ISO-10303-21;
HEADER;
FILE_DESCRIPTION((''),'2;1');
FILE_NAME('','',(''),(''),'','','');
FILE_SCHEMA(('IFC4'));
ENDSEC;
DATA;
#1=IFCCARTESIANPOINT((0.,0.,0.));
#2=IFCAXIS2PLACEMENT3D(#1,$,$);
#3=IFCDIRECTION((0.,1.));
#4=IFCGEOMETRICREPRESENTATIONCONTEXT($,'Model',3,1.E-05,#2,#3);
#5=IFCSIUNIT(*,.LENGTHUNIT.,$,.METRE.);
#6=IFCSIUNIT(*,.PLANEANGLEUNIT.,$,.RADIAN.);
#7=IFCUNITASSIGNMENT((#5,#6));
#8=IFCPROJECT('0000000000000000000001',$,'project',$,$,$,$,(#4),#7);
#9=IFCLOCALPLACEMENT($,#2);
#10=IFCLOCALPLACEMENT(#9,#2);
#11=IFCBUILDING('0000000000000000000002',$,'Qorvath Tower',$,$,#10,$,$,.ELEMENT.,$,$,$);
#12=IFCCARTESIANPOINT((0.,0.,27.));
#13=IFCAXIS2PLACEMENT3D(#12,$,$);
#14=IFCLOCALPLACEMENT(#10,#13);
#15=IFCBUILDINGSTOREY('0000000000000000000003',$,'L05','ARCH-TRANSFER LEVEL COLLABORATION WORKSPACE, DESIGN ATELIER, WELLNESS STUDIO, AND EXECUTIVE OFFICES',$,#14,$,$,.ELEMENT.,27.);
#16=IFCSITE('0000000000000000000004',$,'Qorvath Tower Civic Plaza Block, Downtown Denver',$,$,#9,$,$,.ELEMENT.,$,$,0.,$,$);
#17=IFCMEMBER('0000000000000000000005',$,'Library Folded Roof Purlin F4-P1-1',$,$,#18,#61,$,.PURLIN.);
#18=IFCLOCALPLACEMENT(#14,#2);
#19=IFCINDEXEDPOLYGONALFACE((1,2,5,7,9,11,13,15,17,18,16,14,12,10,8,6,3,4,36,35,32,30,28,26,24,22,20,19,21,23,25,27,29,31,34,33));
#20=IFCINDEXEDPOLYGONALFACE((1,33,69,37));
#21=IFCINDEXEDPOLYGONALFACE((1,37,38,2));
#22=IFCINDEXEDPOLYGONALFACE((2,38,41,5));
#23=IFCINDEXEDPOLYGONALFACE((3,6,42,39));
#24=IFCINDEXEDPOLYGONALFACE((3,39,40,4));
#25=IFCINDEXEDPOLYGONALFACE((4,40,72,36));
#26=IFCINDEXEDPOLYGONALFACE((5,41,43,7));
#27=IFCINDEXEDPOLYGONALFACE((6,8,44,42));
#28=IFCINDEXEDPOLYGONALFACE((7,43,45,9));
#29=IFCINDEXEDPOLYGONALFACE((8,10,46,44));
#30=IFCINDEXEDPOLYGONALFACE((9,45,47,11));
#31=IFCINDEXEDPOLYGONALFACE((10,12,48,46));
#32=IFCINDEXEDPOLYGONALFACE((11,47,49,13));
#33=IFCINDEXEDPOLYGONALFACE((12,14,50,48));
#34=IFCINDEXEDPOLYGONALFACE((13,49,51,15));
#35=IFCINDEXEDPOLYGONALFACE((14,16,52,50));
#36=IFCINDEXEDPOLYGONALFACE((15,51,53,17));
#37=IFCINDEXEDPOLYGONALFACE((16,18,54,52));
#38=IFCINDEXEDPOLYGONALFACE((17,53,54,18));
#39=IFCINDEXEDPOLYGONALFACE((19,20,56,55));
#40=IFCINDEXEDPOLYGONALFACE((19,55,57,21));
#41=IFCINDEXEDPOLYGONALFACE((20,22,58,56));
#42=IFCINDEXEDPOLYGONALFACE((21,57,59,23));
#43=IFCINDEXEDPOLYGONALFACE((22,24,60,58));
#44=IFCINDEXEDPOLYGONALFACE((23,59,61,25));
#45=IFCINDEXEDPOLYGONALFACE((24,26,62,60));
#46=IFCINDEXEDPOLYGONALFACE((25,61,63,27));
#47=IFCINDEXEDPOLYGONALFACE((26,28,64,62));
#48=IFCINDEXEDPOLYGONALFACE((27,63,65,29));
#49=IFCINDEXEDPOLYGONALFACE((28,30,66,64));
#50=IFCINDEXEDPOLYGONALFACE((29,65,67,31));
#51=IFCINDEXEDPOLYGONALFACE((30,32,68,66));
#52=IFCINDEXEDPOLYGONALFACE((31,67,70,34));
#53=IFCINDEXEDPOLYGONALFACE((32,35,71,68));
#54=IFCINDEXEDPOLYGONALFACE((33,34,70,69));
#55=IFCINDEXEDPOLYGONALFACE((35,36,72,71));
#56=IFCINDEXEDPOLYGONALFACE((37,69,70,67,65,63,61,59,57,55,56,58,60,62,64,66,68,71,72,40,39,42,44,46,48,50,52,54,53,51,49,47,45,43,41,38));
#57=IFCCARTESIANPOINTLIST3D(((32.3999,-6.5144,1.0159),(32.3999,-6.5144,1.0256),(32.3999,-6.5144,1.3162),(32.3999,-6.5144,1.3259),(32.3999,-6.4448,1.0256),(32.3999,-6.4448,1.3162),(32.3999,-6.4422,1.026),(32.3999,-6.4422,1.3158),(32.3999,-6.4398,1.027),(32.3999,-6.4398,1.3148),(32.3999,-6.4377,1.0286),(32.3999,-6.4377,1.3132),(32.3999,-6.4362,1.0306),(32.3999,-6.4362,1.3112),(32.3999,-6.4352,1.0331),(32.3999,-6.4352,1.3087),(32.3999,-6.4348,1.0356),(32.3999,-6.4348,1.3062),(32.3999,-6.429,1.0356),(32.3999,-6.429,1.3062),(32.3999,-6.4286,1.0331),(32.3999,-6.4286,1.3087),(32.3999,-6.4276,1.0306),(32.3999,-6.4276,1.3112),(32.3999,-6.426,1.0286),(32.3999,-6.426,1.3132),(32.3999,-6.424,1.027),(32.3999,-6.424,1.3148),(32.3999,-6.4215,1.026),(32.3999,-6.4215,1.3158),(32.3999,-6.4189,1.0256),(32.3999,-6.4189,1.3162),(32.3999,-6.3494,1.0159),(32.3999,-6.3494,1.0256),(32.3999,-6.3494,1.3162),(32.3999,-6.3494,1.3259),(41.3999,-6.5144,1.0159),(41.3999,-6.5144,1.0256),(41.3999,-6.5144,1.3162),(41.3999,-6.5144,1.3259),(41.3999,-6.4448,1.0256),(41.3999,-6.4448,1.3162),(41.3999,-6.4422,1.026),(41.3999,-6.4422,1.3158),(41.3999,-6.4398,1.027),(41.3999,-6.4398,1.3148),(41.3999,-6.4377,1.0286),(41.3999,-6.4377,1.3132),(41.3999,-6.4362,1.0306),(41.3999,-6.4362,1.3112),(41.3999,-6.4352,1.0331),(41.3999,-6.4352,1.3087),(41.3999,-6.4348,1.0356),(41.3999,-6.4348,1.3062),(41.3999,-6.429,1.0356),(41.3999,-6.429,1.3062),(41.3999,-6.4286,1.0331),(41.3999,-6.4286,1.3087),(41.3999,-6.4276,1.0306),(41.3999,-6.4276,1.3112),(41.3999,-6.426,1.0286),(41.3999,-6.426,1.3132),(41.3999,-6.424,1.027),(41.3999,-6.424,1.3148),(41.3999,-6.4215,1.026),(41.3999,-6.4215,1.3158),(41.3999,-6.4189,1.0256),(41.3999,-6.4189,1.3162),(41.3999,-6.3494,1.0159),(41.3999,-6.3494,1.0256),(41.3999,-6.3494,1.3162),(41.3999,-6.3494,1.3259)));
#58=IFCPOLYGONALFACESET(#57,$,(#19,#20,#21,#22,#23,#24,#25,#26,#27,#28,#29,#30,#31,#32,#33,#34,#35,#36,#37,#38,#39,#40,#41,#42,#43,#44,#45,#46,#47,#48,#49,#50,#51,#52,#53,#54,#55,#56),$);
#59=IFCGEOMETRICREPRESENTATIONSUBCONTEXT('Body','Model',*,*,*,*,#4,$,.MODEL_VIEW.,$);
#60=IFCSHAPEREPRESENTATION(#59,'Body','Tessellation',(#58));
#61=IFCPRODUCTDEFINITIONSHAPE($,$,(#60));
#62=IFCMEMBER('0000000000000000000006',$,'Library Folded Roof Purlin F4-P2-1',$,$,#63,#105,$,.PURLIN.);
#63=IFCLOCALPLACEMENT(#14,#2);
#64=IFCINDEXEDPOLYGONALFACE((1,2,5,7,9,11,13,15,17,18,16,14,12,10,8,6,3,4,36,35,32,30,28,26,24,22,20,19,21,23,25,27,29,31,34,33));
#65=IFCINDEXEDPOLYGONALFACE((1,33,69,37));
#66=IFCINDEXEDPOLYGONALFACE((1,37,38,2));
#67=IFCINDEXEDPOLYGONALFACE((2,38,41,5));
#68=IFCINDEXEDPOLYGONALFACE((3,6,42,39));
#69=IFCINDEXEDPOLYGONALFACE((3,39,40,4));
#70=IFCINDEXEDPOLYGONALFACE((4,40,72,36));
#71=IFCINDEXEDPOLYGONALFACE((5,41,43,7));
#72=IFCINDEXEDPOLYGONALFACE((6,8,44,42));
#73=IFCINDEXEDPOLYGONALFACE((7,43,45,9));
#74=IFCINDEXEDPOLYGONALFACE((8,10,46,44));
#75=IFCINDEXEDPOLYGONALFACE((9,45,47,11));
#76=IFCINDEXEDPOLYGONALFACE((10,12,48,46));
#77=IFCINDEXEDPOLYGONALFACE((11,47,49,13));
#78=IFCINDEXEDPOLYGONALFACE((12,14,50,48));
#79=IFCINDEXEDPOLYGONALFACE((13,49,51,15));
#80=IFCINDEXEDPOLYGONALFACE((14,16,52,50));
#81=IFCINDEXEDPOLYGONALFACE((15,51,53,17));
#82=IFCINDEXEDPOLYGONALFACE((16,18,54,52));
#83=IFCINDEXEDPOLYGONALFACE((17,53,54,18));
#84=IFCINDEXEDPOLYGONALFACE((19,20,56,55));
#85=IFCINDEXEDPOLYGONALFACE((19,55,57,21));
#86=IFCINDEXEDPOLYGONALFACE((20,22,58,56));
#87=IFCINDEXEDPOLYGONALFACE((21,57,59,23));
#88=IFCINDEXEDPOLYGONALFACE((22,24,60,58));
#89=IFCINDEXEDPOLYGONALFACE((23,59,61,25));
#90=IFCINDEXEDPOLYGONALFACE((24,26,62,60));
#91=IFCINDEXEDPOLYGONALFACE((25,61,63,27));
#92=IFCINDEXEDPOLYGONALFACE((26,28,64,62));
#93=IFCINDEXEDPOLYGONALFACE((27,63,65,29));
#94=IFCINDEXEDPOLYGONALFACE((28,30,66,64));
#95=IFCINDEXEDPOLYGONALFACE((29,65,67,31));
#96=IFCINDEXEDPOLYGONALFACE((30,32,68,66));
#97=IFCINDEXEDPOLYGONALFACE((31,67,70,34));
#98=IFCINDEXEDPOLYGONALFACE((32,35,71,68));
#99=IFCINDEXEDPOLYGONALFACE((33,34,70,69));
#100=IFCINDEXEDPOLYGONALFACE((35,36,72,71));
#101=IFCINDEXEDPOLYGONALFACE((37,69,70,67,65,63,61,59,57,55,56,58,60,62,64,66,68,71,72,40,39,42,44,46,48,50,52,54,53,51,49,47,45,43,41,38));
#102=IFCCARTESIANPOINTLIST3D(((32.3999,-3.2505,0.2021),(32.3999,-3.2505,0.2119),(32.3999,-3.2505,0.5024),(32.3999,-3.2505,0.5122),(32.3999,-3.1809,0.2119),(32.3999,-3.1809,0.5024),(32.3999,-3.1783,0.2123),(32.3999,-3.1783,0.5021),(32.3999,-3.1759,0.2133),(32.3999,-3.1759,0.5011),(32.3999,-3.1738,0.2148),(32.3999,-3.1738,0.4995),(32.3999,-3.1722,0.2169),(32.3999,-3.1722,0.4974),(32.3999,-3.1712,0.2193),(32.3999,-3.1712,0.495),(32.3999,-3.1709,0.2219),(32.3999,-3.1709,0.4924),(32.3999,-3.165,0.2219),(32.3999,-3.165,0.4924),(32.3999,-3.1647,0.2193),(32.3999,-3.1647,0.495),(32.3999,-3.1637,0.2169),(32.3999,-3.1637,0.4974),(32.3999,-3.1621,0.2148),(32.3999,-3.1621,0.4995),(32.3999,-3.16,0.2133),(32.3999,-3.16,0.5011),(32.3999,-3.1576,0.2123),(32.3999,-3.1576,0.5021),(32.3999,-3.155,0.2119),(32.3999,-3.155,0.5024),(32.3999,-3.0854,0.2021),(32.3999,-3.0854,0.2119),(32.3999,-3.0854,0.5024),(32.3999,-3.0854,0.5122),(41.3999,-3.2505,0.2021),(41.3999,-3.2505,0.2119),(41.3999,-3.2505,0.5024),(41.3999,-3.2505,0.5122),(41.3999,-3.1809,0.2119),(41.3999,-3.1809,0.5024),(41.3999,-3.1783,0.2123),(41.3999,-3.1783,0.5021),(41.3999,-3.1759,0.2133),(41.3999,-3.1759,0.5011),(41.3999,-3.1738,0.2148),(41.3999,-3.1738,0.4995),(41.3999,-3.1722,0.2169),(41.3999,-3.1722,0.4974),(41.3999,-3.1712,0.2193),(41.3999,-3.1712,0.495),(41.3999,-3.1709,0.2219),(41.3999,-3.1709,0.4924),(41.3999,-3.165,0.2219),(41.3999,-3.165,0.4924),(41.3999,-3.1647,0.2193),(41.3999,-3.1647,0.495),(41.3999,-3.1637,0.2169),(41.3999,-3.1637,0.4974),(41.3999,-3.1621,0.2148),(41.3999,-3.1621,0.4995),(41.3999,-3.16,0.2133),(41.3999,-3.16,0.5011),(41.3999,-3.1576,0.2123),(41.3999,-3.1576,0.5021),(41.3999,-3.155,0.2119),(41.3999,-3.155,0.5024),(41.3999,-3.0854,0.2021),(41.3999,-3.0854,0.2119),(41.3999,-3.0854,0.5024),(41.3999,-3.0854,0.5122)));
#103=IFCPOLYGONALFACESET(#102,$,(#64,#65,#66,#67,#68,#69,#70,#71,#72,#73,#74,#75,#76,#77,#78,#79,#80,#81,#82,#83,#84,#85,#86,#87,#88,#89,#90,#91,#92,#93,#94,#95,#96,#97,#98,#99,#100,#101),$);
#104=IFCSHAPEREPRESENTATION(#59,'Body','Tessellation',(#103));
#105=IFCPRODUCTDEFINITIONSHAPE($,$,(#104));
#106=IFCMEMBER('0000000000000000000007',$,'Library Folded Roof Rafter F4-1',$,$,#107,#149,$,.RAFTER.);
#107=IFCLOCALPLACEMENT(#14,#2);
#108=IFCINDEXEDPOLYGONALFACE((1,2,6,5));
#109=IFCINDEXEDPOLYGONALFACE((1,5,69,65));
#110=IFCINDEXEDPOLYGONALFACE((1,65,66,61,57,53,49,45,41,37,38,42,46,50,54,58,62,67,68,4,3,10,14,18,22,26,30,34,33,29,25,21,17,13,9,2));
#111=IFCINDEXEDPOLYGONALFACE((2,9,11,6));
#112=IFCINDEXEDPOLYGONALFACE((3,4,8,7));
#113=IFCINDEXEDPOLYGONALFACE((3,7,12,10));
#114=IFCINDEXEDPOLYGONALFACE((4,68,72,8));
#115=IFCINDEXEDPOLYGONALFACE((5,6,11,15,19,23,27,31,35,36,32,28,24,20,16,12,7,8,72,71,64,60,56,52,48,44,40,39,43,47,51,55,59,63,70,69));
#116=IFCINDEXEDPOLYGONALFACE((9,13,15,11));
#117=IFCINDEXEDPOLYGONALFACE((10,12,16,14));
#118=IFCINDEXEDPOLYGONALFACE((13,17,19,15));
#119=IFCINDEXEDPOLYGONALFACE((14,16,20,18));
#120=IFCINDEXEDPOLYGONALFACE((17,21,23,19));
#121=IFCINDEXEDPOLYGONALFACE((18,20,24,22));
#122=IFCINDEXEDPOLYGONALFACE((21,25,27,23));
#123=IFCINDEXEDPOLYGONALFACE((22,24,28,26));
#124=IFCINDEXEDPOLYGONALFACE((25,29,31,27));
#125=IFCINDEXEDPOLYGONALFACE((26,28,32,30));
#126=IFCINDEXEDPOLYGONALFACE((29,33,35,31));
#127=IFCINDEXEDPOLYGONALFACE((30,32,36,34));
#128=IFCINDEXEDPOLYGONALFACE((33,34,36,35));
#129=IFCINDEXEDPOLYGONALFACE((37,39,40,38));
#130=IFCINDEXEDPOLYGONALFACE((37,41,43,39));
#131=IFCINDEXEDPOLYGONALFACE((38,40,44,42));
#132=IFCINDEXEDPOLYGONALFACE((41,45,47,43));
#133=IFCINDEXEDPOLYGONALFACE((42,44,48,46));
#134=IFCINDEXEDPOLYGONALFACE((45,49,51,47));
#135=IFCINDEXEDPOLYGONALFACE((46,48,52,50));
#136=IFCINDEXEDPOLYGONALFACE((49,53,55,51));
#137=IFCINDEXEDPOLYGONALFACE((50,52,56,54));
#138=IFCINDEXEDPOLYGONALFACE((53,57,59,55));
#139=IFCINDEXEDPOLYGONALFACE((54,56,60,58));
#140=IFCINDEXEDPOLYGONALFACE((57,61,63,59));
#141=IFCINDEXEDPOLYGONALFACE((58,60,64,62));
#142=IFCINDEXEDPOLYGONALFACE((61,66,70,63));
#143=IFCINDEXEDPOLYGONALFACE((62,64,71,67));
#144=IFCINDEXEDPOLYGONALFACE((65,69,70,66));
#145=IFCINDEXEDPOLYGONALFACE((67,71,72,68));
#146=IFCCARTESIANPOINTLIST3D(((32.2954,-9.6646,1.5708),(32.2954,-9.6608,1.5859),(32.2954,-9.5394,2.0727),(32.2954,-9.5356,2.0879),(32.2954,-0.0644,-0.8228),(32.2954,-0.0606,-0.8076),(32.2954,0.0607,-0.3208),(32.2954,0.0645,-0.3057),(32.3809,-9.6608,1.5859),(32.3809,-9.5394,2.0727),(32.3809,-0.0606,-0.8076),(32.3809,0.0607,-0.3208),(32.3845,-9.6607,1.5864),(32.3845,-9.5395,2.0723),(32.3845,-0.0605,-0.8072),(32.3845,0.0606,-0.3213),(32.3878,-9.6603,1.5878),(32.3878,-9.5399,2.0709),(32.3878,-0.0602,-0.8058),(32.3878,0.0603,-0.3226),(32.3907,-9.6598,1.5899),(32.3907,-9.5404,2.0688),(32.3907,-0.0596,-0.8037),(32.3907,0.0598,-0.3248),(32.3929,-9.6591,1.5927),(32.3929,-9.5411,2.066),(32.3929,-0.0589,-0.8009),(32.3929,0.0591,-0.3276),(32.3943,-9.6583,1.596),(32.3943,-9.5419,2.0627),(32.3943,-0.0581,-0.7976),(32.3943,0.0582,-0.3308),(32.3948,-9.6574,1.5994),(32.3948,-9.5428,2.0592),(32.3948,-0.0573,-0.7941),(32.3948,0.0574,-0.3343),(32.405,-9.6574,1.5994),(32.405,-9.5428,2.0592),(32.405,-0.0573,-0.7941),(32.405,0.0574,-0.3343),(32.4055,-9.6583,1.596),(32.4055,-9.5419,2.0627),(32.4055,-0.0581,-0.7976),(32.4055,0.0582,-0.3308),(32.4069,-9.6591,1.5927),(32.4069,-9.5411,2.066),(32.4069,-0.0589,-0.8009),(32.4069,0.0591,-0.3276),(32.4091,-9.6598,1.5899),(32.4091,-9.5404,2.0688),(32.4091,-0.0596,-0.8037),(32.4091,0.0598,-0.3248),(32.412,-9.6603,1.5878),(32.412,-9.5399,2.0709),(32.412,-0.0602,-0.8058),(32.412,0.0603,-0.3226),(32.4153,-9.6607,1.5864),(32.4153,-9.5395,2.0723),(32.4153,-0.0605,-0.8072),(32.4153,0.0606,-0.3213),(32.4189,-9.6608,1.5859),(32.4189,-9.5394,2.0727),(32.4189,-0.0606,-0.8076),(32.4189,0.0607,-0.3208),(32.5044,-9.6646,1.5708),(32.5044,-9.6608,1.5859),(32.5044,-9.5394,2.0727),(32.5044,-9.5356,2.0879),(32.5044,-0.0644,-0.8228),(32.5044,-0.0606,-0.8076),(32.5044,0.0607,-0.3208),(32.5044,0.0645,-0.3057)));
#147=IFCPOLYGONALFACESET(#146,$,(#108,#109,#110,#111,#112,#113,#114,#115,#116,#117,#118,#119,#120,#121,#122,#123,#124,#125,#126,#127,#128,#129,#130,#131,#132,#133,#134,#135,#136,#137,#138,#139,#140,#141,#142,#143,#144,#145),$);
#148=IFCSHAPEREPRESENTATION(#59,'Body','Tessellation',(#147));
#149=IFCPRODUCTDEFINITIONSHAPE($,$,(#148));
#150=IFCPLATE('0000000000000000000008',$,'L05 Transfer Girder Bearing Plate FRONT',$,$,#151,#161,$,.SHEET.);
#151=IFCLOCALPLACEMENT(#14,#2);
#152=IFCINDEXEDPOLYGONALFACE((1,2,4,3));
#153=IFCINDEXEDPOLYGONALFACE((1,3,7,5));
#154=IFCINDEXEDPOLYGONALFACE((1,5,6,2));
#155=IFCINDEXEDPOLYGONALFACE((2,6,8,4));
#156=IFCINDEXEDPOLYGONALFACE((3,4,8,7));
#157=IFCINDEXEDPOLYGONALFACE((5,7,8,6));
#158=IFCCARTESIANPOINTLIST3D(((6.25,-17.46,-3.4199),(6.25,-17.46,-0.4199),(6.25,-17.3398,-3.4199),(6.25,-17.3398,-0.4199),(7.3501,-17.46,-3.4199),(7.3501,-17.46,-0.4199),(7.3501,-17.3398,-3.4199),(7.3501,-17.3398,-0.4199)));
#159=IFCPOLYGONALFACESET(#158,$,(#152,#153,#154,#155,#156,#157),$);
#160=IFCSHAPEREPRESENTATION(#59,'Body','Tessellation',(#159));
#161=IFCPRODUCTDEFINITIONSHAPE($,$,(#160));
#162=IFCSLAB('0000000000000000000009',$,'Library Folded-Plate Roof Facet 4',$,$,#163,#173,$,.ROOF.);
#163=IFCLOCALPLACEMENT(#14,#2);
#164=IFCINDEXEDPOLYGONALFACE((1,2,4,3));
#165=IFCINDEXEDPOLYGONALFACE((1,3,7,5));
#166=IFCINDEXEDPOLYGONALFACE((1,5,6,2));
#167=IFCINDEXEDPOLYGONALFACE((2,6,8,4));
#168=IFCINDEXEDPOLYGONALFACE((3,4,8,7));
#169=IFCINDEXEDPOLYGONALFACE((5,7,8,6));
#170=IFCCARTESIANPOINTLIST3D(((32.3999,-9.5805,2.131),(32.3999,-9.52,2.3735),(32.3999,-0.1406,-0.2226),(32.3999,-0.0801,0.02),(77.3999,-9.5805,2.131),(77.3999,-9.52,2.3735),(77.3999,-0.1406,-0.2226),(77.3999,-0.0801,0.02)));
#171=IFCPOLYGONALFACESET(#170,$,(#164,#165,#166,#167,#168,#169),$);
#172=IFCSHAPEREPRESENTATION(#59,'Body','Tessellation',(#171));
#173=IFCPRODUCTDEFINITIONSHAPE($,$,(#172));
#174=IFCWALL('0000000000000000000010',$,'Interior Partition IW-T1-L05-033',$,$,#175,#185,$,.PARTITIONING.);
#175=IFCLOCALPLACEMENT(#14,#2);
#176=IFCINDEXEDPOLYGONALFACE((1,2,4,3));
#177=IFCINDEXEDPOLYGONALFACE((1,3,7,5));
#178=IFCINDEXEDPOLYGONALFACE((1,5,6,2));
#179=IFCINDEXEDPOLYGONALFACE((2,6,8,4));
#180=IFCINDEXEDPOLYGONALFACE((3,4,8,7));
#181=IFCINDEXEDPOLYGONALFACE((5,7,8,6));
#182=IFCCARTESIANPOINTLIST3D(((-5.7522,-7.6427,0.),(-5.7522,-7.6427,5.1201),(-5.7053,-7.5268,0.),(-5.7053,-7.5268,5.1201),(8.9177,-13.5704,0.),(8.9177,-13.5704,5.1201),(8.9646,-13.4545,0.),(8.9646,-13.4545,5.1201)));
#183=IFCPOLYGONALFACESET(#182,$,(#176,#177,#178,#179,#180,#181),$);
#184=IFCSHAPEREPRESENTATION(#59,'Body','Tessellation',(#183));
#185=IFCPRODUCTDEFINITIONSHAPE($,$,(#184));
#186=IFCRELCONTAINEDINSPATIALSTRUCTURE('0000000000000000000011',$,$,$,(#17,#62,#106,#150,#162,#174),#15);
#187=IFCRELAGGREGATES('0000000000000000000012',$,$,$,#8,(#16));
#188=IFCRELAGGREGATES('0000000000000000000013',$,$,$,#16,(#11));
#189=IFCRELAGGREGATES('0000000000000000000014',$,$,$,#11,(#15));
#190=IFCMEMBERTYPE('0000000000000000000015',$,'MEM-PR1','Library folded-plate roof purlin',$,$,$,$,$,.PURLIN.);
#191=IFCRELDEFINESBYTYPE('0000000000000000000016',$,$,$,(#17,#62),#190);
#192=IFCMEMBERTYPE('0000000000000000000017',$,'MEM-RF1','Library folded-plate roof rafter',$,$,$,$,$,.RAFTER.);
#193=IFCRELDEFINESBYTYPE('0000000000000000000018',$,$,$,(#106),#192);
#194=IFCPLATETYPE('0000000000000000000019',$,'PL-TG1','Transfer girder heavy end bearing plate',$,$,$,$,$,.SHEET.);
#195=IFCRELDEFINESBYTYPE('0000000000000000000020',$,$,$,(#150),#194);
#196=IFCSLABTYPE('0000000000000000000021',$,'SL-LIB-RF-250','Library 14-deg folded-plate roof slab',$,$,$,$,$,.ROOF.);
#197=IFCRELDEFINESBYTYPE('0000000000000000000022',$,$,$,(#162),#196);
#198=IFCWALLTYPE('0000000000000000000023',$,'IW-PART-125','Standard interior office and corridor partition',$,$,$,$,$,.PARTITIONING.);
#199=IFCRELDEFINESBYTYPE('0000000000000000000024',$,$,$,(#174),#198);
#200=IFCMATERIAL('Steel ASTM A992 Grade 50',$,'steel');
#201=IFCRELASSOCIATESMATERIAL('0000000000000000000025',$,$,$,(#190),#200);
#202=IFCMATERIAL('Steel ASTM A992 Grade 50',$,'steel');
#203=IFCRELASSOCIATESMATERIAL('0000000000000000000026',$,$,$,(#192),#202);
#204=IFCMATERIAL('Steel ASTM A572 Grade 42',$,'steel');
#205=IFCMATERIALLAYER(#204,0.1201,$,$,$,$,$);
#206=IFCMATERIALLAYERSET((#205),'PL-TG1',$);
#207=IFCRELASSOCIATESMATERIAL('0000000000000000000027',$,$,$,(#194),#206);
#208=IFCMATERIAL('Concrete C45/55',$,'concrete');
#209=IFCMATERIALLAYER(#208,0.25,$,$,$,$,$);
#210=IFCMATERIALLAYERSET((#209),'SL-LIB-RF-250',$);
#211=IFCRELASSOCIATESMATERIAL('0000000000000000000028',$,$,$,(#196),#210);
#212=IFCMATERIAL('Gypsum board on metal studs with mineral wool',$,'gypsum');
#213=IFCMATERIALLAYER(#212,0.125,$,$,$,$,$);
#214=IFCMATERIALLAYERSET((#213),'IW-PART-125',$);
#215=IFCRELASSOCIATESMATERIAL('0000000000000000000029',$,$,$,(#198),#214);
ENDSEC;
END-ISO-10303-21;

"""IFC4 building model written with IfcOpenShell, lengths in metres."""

from ifc_helpers import new_model, si_unit, direction, frame, frame_2d, origin, origin_2d, place, context, subcontext, project, spatial, polyline, rectangle, i_section, outline, extrude, material, layer, layer_set, material_profile, profile_set, type_object, element, save


model = new_model("IFC4")

# Units and contexts
model_context = context("Model", 3, precision=1e-05, world=origin(), true_north=direction((0.0, 1.0)))
body_context = subcontext(model_context, "Body", "Model", "MODEL_VIEW")
ifc_project = project(units=[si_unit("LENGTHUNIT", "METRE"), si_unit("PLANEANGLEUNIT", "RADIAN")], contexts=[model_context])

# Site, building, storey
site_placement = place(None, origin())
site = spatial("IfcSite", under=ifc_project, at=site_placement, Name="Qorvath Tower Civic Plaza Block, Downtown Denver", CompositionType="ELEMENT", RefElevation=0.0)
building_placement = place(site_placement, origin())
building = spatial("IfcBuilding", under=site, at=building_placement, Name="Qorvath Tower", CompositionType="ELEMENT")
storey_placement = place(building_placement, frame((0.0, 0.0, 27.0)))
storey = spatial("IfcBuildingStorey", under=building, at=storey_placement, Name="L05", Description="ARCH-TRANSFER LEVEL COLLABORATION WORKSPACE, DESIGN ATELIER, WELLNESS STUDIO, AND EXECUTIVE OFFICES", CompositionType="ELEMENT", Elevation=27.0)

# Members
ifc_material_1 = material(Name="Steel ASTM A992 Grade 50", Category="steel")
ifc_material_profile_1 = material_profile(ifc_material_1, i_section(OverallWidth=0.165, OverallDepth=0.3101, WebThickness=0.0059, FlangeThickness=0.0098, FilletRadius=0.01, at=origin_2d()), Name="W12x26")
ifc_profile_set_1 = profile_set([ifc_material_profile_1], Name="Steel ASTM A992 Grade 50")
member_type_1 = type_object("IfcMemberType", Name="MEM-PR1", Description="Library folded-plate roof purlin", PredefinedType="PURLIN", material=ifc_profile_set_1)
for number, where, z_axis, x_axis, name in (
    (1, (32.3999, -6.4319, 1.1709), (1.0, 0.0, 0.0), (0.0, 1.0, 0.0), "Library Folded Roof Purlin F4-P1-1"),
    (2, (32.3999, -3.168, 0.3572), (1.0, 0.0, 0.0), (0.0, 1.0, 0.0), "Library Folded Roof Purlin F4-P2-1"),
):
    element("IfcMember", number, at=place(storey_placement, frame(where, z_axis=z_axis, x_axis=x_axis)), inside=storey, type_object=member_type_1, Name=name, PredefinedType="PURLIN", context=body_context, shape_type="SweptSolid", body=[
        extrude(i_section(OverallWidth=0.165, OverallDepth=0.3101, WebThickness=0.0059, FlangeThickness=0.0098, FilletRadius=0.01, at=origin_2d()), origin(), (0.0, 0.0, 1.0), 9.0),
    ])
ifc_material_2 = material(Name="Steel ASTM A992 Grade 50", Category="steel")
ifc_material_profile_2 = material_profile(ifc_material_2, i_section(OverallWidth=0.209, OverallDepth=0.533, WebThickness=0.0103, FlangeThickness=0.0156, FilletRadius=0.0139, at=origin_2d()), Name="W21x62")
ifc_profile_set_2 = profile_set([ifc_material_profile_2], Name="Steel ASTM A992 Grade 50")
member_type_2 = type_object("IfcMemberType", Name="MEM-RF1", Description="Library folded-plate roof rafter", PredefinedType="RAFTER", material=ifc_profile_set_2)
member_1_placement = place(storey_placement, frame((32.3999, -9.6001, 1.8293), z_axis=(0.0, 0.970296, -0.24192), x_axis=(-1.0, 0.0, 0.0)))
element("IfcMember", 3, at=member_1_placement, inside=storey, type_object=member_type_2, Name="Library Folded Roof Rafter F4-1", PredefinedType="RAFTER", context=body_context, shape_type="SweptSolid", body=[
    extrude(i_section(OverallWidth=0.209, OverallDepth=0.533, WebThickness=0.0103, FlangeThickness=0.0156, FilletRadius=0.0139, at=origin_2d()), origin(), (0.0, 0.0, 1.0), 9.894),
])

# Plate
ifc_material_3 = material(Name="Steel ASTM A572 Grade 42", Category="steel")
ifc_layer_1 = layer(ifc_material_3, 0.1201)
ifc_layer_set_1 = layer_set([ifc_layer_1], Name="PL-TG1")
plate_type = type_object("IfcPlateType", Name="PL-TG1", Description="Transfer girder heavy end bearing plate", PredefinedType="SHEET", material=ifc_layer_set_1)
plate_placement = place(storey_placement, frame((6.8, -17.3999, -3.4199), z_axis=(0.0, 0.0, 1.0), x_axis=(1.0, 0.0, 0.0)))
element("IfcPlate", 4, at=plate_placement, inside=storey, type_object=plate_type, Name="L05 Transfer Girder Bearing Plate FRONT", PredefinedType="SHEET", context=body_context, shape_type="SweptSolid", body=[
    extrude(rectangle(XDim=1.1001, YDim=0.1201, at=origin_2d()), origin(), (0.0, 0.0, 1.0), 3.0),
])

# Slab
ifc_material_4 = material(Name="Concrete C45/55", Category="concrete")
ifc_layer_2 = layer(ifc_material_4, 0.25)
ifc_layer_set_2 = layer_set([ifc_layer_2], Name="SL-LIB-RF-250")
slab_type = type_object("IfcSlabType", Name="SL-LIB-RF-250", Description="Library 14-deg folded-plate roof slab", PredefinedType="ROOF", material=ifc_layer_set_2)
slab_placement = place(storey_placement, frame((32.3999, -9.52, 2.3735), z_axis=(0.0, 0.24191, 0.970299), x_axis=(1.0, 0.0, 0.0)))
element("IfcSlab", 5, at=slab_placement, inside=storey, type_object=slab_type, Name="Library Folded-Plate Roof Facet 4", PredefinedType="ROOF", context=body_context, shape_type="SweptSolid", body=[
    extrude(outline(polyline([(0.0, 0.0), (45.0, 0.0), (45.0, 9.7289), (0.0, 9.7289), (0.0, 0.0)])), origin(), (0.0, 0.0, -1.0), 0.25),
])

# Wall
ifc_material_5 = material(Name="Gypsum board on metal studs with mineral wool", Category="gypsum")
ifc_layer_3 = layer(ifc_material_5, 0.125)
ifc_layer_set_3 = layer_set([ifc_layer_3], Name="IW-PART-125")
wall_type_1 = type_object("IfcWallType", Name="IW-PART-125", Description="Standard interior office and corridor partition", PredefinedType="PARTITIONING", material=ifc_layer_set_3)
wall_1_placement = place(storey_placement, frame((8.9412, -13.5125, 0.0), z_axis=(0.0, 0.0, 1.0), x_axis=(-0.927168, 0.374645, 0.0)))
element("IfcWall", 6, at=wall_1_placement, inside=storey, type_object=wall_type_1, Name="Interior Partition IW-T1-L05-033", PredefinedType="PARTITIONING", context=body_context, shape_type="SweptSolid", body=[
    extrude(rectangle(XDim=15.8223, YDim=0.125, at=frame_2d((7.9111, 0.0))), origin(), (0.0, 0.0, 1.0), 5.1201),
])

save(model, "model.ifc")
